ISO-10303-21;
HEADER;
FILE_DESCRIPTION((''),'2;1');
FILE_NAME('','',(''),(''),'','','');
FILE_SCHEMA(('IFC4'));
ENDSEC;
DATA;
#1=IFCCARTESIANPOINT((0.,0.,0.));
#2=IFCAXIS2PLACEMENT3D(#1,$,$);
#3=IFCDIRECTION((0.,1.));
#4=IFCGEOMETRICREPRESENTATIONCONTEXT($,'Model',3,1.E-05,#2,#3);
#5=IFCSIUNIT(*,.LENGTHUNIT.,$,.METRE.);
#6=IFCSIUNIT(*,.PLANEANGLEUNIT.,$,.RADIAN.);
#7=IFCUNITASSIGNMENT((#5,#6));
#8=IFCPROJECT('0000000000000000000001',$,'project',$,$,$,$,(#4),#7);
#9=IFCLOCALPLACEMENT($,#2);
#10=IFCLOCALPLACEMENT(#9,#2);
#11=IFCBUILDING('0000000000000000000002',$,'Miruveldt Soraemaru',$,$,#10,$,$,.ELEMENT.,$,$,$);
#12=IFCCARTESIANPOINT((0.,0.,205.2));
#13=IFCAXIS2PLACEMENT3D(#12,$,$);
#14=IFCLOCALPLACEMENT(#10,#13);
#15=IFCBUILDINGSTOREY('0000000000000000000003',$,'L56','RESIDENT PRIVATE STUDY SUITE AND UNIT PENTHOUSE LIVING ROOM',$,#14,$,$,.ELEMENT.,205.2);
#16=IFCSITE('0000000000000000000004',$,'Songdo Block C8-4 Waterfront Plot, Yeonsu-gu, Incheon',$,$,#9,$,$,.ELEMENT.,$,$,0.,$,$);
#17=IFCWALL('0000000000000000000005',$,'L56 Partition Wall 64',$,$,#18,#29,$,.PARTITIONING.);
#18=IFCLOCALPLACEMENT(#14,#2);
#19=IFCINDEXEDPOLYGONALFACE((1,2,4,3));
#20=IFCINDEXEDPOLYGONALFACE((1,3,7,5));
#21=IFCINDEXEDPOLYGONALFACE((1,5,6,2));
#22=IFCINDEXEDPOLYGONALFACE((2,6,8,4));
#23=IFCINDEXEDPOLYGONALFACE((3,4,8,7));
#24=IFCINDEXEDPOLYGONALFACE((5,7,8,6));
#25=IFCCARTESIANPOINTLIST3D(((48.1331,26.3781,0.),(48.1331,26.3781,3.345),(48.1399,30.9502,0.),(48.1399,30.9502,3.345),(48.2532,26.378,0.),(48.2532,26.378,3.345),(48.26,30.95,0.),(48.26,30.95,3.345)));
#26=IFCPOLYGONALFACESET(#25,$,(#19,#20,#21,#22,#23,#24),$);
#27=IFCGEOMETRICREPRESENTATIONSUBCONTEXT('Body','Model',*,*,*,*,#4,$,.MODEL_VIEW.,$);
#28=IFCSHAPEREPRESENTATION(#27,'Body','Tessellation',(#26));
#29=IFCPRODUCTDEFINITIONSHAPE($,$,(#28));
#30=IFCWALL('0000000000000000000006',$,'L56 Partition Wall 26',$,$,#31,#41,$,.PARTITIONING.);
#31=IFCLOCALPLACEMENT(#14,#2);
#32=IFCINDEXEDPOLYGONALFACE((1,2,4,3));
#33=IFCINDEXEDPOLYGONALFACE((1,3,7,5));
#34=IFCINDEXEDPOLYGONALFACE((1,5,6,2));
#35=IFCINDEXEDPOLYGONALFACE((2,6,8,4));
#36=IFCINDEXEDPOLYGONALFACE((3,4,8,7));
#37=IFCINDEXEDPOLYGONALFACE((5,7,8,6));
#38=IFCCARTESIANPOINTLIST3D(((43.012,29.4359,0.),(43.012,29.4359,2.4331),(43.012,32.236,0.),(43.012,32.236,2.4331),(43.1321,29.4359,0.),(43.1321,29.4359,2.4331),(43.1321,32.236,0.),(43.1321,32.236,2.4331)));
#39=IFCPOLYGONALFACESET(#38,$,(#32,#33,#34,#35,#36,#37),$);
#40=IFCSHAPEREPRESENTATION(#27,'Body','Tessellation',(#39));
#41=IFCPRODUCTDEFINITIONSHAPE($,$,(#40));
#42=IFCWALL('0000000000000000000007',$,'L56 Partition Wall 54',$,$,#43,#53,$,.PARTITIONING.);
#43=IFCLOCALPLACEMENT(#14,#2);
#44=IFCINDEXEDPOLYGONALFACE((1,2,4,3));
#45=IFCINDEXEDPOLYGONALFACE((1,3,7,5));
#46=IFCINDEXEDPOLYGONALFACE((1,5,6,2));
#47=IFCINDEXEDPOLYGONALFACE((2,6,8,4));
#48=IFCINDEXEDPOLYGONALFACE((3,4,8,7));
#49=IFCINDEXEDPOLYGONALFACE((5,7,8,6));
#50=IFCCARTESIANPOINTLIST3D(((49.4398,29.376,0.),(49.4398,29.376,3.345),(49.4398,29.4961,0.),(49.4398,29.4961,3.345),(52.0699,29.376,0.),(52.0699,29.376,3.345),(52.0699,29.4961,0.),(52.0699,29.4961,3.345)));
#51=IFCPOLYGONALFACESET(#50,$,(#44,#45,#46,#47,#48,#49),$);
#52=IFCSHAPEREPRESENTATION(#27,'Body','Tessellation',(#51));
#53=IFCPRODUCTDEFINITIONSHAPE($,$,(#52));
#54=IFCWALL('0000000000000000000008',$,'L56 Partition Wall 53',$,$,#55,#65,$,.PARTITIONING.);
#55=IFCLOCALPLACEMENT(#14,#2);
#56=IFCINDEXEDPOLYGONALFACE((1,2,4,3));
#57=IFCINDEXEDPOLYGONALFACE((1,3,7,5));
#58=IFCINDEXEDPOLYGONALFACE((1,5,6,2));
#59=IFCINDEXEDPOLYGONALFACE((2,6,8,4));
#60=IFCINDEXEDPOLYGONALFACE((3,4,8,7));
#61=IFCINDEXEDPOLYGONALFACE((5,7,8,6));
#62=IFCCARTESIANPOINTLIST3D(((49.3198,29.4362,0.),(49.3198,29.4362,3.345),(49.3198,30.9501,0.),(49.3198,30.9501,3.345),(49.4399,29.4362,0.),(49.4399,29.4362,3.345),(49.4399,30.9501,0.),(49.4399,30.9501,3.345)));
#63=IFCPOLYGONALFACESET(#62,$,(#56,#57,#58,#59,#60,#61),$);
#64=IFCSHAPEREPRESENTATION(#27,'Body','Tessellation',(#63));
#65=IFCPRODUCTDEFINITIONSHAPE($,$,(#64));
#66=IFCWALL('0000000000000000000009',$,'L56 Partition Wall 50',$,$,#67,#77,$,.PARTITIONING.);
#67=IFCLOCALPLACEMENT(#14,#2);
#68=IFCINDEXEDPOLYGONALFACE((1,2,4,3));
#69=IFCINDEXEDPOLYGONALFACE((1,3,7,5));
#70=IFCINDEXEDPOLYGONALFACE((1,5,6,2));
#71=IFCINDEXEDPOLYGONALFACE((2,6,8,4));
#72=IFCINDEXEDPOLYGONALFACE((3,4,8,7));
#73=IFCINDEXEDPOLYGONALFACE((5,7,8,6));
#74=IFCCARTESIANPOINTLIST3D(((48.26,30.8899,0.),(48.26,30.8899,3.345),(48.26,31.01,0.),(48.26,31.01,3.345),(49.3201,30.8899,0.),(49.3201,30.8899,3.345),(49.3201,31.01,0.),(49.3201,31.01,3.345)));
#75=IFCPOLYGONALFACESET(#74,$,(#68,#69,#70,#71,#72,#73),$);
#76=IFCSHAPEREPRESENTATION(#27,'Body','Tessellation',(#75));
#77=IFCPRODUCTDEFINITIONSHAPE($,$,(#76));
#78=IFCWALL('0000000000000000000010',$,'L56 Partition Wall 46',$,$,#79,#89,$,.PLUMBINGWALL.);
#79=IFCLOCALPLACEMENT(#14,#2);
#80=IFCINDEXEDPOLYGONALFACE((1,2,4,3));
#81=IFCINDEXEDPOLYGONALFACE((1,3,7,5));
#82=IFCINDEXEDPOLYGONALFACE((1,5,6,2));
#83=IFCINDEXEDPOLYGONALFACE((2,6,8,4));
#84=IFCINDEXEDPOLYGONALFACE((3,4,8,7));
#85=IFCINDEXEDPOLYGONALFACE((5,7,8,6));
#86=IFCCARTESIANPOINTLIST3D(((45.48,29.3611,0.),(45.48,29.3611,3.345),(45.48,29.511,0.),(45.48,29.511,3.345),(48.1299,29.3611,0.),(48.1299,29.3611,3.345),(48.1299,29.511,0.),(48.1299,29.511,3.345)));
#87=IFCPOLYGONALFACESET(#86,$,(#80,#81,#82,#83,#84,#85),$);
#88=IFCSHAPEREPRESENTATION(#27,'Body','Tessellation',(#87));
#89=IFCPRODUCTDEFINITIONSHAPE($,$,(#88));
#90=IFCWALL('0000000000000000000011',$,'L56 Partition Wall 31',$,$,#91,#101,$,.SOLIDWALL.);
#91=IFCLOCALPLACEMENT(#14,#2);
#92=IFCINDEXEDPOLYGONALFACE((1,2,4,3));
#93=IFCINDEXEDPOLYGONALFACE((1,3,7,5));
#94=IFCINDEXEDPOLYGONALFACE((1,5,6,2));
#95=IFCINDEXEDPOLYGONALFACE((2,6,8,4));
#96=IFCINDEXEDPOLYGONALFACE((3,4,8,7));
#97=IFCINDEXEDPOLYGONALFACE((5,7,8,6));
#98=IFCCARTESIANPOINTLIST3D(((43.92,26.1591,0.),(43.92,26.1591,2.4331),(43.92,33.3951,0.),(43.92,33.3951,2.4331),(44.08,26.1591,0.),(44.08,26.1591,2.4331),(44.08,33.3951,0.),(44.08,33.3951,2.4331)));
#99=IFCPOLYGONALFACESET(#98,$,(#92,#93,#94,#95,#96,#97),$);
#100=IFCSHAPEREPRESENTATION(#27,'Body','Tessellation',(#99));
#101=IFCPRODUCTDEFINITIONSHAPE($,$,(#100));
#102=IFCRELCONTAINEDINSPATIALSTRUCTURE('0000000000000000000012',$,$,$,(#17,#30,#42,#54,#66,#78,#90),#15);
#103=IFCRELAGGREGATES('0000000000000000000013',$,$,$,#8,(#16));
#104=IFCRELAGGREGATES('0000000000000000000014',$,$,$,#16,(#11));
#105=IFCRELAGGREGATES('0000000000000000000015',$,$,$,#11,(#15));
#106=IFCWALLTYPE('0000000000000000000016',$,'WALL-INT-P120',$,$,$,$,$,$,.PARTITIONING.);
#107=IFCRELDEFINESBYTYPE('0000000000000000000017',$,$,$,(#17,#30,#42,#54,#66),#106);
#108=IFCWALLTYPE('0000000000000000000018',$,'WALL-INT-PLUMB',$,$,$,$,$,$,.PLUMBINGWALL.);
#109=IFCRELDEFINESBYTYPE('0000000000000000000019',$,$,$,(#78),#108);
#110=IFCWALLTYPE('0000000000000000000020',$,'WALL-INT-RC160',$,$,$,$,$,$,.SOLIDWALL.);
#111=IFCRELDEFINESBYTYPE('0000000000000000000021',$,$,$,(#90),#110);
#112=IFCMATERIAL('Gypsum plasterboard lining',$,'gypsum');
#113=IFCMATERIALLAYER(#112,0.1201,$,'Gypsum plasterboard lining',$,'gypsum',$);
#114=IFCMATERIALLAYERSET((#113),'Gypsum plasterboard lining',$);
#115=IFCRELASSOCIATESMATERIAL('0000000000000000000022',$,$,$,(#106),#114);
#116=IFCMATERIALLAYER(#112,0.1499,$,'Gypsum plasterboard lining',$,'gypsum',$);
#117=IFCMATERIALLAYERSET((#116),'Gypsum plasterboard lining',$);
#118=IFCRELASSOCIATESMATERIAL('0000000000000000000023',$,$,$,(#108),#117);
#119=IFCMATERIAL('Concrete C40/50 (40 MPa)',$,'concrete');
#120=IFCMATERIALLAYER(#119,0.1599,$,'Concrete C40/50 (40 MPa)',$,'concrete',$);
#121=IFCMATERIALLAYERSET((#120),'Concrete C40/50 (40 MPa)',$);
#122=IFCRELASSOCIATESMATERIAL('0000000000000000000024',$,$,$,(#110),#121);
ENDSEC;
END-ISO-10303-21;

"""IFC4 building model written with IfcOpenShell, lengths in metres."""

from ifc_helpers import new_model, si_unit, direction, frame, frame_2d, origin, place, context, subcontext, project, spatial, rectangle, extrude, material, layer, layer_set, type_object, element, save


model = new_model("IFC4")

# Units and contexts
model_context = context("Model", 3, precision=1e-05, world=origin(), true_north=direction((0.0, 1.0)))
body_context = subcontext(model_context, "Body", "Model", "MODEL_VIEW")
ifc_project = project(units=[si_unit("LENGTHUNIT", "METRE"), si_unit("PLANEANGLEUNIT", "RADIAN")], contexts=[model_context])

# Site, building, storey
site_placement = place(None, origin())
site = spatial("IfcSite", under=ifc_project, at=site_placement, Name="Songdo Block C8-4 Waterfront Plot, Yeonsu-gu, Incheon", CompositionType="ELEMENT", RefElevation=0.0)
building_placement = place(site_placement, origin())
building = spatial("IfcBuilding", under=site, at=building_placement, Name="Miruveldt Soraemaru", CompositionType="ELEMENT")
storey_placement = place(building_placement, frame((0.0, 0.0, 205.2)))
storey = spatial("IfcBuildingStorey", under=building, at=storey_placement, Name="L56", Description="RESIDENT PRIVATE STUDY SUITE AND UNIT PENTHOUSE LIVING ROOM", CompositionType="ELEMENT", Elevation=205.2)

# Walls
ifc_material_1 = material(Name="Gypsum plasterboard lining", Category="gypsum")
ifc_layer_1 = layer(ifc_material_1, 0.1201, Name="Gypsum plasterboard lining", Category="gypsum")
ifc_layer_set_1 = layer_set([ifc_layer_1], Name="Gypsum plasterboard lining")
wall_type_1 = type_object("IfcWallType", Name="WALL-INT-P120", PredefinedType="PARTITIONING", material=ifc_layer_set_1)
wall_1_placement = place(storey_placement, frame((48.1931, 26.3779, 0.0), z_axis=(0.0, 0.0, 1.0), x_axis=(0.001495, 0.999999, 0.0)))
element("IfcWall", 1, at=wall_1_placement, inside=storey, type_object=wall_type_1, Name="L56 Partition Wall 64", PredefinedType="PARTITIONING", context=body_context, shape_type="SweptSolid", body=[
    extrude(rectangle(XDim=4.572, YDim=0.1201, at=frame_2d((2.2861, 0.0))), origin(), (0.0, 0.0, 1.0), 3.345),
])
wall_2_placement = place(storey_placement, frame((43.072, 29.436, 0.0), z_axis=(0.0, 0.0, 1.0), x_axis=(0.0, 1.0, 0.0)))
element("IfcWall", 2, at=wall_2_placement, inside=storey, type_object=wall_type_1, Name="L56 Partition Wall 26", PredefinedType="PARTITIONING", context=body_context, shape_type="SweptSolid", body=[
    extrude(rectangle(XDim=2.8, YDim=0.1201, at=frame_2d((1.3999, 0.0))), origin(), (0.0, 0.0, 1.0), 2.4331),
])
wall_3_placement = place(storey_placement, frame((49.4399, 29.436, 0.0), z_axis=(0.0, 0.0, 1.0), x_axis=(1.0, 0.0, 0.0)))
element("IfcWall", 3, at=wall_3_placement, inside=storey, type_object=wall_type_1, Name="L56 Partition Wall 54", PredefinedType="PARTITIONING", context=body_context, shape_type="SweptSolid", body=[
    extrude(rectangle(XDim=2.6301, YDim=0.1201, at=frame_2d((1.3149, 0.0))), origin(), (0.0, 0.0, 1.0), 3.345),
])
wall_4_placement = place(storey_placement, frame((49.3799, 30.95, 0.0), z_axis=(0.0, 0.0, 1.0), x_axis=(0.0, -1.0, 0.0)))
element("IfcWall", 4, at=wall_4_placement, inside=storey, type_object=wall_type_1, Name="L56 Partition Wall 53", PredefinedType="PARTITIONING", context=body_context, shape_type="SweptSolid", body=[
    extrude(rectangle(XDim=1.5139, YDim=0.1201, at=frame_2d((0.7568, 0.0))), origin(), (0.0, 0.0, 1.0), 3.345),
])
wall_5_placement = place(storey_placement, frame((48.26, 30.95, 0.0), z_axis=(0.0, 0.0, 1.0), x_axis=(1.0, 0.0, 0.0)))
element("IfcWall", 5, at=wall_5_placement, inside=storey, type_object=wall_type_1, Name="L56 Partition Wall 50", PredefinedType="PARTITIONING", context=body_context, shape_type="SweptSolid", body=[
    extrude(rectangle(XDim=1.0601, YDim=0.1201, at=frame_2d((0.53, 0.0))), origin(), (0.0, 0.0, 1.0), 3.345),
])
ifc_layer_2 = layer(ifc_material_1, 0.1499, Name="Gypsum plasterboard lining", Category="gypsum")
ifc_layer_set_2 = layer_set([ifc_layer_2], Name="Gypsum plasterboard lining")
wall_type_2 = type_object("IfcWallType", Name="WALL-INT-PLUMB", PredefinedType="PLUMBINGWALL", material=ifc_layer_set_2)
wall_6_placement = place(storey_placement, frame((45.48, 29.436, 0.0), z_axis=(0.0, 0.0, 1.0), x_axis=(1.0, 0.0, 0.0)))
element("IfcWall", 6, at=wall_6_placement, inside=storey, type_object=wall_type_2, Name="L56 Partition Wall 46", PredefinedType="PLUMBINGWALL", context=body_context, shape_type="SweptSolid", body=[
    extrude(rectangle(XDim=2.6499, YDim=0.1499, at=frame_2d((1.325, 0.0))), origin(), (0.0, 0.0, 1.0), 3.345),
])
ifc_material_2 = material(Name="Concrete C40/50 (40 MPa)", Category="concrete")
ifc_layer_3 = layer(ifc_material_2, 0.1599, Name="Concrete C40/50 (40 MPa)", Category="concrete")
ifc_layer_set_3 = layer_set([ifc_layer_3], Name="Concrete C40/50 (40 MPa)")
wall_type_3 = type_object("IfcWallType", Name="WALL-INT-RC160", PredefinedType="SOLIDWALL", material=ifc_layer_set_3)
wall_7_placement = place(storey_placement, frame((44.0, 26.1589, 0.0), z_axis=(0.0, 0.0, 1.0), x_axis=(0.0, 1.0, 0.0)))
element("IfcWall", 7, at=wall_7_placement, inside=storey, type_object=wall_type_3, Name="L56 Partition Wall 31", PredefinedType="SOLIDWALL", context=body_context, shape_type="SweptSolid", body=[
    extrude(rectangle(XDim=7.2361, YDim=0.1599, at=frame_2d((3.6182, 0.0))), origin(), (0.0, 0.0, 1.0), 2.4331),
])

save(model, "model.ifc")
